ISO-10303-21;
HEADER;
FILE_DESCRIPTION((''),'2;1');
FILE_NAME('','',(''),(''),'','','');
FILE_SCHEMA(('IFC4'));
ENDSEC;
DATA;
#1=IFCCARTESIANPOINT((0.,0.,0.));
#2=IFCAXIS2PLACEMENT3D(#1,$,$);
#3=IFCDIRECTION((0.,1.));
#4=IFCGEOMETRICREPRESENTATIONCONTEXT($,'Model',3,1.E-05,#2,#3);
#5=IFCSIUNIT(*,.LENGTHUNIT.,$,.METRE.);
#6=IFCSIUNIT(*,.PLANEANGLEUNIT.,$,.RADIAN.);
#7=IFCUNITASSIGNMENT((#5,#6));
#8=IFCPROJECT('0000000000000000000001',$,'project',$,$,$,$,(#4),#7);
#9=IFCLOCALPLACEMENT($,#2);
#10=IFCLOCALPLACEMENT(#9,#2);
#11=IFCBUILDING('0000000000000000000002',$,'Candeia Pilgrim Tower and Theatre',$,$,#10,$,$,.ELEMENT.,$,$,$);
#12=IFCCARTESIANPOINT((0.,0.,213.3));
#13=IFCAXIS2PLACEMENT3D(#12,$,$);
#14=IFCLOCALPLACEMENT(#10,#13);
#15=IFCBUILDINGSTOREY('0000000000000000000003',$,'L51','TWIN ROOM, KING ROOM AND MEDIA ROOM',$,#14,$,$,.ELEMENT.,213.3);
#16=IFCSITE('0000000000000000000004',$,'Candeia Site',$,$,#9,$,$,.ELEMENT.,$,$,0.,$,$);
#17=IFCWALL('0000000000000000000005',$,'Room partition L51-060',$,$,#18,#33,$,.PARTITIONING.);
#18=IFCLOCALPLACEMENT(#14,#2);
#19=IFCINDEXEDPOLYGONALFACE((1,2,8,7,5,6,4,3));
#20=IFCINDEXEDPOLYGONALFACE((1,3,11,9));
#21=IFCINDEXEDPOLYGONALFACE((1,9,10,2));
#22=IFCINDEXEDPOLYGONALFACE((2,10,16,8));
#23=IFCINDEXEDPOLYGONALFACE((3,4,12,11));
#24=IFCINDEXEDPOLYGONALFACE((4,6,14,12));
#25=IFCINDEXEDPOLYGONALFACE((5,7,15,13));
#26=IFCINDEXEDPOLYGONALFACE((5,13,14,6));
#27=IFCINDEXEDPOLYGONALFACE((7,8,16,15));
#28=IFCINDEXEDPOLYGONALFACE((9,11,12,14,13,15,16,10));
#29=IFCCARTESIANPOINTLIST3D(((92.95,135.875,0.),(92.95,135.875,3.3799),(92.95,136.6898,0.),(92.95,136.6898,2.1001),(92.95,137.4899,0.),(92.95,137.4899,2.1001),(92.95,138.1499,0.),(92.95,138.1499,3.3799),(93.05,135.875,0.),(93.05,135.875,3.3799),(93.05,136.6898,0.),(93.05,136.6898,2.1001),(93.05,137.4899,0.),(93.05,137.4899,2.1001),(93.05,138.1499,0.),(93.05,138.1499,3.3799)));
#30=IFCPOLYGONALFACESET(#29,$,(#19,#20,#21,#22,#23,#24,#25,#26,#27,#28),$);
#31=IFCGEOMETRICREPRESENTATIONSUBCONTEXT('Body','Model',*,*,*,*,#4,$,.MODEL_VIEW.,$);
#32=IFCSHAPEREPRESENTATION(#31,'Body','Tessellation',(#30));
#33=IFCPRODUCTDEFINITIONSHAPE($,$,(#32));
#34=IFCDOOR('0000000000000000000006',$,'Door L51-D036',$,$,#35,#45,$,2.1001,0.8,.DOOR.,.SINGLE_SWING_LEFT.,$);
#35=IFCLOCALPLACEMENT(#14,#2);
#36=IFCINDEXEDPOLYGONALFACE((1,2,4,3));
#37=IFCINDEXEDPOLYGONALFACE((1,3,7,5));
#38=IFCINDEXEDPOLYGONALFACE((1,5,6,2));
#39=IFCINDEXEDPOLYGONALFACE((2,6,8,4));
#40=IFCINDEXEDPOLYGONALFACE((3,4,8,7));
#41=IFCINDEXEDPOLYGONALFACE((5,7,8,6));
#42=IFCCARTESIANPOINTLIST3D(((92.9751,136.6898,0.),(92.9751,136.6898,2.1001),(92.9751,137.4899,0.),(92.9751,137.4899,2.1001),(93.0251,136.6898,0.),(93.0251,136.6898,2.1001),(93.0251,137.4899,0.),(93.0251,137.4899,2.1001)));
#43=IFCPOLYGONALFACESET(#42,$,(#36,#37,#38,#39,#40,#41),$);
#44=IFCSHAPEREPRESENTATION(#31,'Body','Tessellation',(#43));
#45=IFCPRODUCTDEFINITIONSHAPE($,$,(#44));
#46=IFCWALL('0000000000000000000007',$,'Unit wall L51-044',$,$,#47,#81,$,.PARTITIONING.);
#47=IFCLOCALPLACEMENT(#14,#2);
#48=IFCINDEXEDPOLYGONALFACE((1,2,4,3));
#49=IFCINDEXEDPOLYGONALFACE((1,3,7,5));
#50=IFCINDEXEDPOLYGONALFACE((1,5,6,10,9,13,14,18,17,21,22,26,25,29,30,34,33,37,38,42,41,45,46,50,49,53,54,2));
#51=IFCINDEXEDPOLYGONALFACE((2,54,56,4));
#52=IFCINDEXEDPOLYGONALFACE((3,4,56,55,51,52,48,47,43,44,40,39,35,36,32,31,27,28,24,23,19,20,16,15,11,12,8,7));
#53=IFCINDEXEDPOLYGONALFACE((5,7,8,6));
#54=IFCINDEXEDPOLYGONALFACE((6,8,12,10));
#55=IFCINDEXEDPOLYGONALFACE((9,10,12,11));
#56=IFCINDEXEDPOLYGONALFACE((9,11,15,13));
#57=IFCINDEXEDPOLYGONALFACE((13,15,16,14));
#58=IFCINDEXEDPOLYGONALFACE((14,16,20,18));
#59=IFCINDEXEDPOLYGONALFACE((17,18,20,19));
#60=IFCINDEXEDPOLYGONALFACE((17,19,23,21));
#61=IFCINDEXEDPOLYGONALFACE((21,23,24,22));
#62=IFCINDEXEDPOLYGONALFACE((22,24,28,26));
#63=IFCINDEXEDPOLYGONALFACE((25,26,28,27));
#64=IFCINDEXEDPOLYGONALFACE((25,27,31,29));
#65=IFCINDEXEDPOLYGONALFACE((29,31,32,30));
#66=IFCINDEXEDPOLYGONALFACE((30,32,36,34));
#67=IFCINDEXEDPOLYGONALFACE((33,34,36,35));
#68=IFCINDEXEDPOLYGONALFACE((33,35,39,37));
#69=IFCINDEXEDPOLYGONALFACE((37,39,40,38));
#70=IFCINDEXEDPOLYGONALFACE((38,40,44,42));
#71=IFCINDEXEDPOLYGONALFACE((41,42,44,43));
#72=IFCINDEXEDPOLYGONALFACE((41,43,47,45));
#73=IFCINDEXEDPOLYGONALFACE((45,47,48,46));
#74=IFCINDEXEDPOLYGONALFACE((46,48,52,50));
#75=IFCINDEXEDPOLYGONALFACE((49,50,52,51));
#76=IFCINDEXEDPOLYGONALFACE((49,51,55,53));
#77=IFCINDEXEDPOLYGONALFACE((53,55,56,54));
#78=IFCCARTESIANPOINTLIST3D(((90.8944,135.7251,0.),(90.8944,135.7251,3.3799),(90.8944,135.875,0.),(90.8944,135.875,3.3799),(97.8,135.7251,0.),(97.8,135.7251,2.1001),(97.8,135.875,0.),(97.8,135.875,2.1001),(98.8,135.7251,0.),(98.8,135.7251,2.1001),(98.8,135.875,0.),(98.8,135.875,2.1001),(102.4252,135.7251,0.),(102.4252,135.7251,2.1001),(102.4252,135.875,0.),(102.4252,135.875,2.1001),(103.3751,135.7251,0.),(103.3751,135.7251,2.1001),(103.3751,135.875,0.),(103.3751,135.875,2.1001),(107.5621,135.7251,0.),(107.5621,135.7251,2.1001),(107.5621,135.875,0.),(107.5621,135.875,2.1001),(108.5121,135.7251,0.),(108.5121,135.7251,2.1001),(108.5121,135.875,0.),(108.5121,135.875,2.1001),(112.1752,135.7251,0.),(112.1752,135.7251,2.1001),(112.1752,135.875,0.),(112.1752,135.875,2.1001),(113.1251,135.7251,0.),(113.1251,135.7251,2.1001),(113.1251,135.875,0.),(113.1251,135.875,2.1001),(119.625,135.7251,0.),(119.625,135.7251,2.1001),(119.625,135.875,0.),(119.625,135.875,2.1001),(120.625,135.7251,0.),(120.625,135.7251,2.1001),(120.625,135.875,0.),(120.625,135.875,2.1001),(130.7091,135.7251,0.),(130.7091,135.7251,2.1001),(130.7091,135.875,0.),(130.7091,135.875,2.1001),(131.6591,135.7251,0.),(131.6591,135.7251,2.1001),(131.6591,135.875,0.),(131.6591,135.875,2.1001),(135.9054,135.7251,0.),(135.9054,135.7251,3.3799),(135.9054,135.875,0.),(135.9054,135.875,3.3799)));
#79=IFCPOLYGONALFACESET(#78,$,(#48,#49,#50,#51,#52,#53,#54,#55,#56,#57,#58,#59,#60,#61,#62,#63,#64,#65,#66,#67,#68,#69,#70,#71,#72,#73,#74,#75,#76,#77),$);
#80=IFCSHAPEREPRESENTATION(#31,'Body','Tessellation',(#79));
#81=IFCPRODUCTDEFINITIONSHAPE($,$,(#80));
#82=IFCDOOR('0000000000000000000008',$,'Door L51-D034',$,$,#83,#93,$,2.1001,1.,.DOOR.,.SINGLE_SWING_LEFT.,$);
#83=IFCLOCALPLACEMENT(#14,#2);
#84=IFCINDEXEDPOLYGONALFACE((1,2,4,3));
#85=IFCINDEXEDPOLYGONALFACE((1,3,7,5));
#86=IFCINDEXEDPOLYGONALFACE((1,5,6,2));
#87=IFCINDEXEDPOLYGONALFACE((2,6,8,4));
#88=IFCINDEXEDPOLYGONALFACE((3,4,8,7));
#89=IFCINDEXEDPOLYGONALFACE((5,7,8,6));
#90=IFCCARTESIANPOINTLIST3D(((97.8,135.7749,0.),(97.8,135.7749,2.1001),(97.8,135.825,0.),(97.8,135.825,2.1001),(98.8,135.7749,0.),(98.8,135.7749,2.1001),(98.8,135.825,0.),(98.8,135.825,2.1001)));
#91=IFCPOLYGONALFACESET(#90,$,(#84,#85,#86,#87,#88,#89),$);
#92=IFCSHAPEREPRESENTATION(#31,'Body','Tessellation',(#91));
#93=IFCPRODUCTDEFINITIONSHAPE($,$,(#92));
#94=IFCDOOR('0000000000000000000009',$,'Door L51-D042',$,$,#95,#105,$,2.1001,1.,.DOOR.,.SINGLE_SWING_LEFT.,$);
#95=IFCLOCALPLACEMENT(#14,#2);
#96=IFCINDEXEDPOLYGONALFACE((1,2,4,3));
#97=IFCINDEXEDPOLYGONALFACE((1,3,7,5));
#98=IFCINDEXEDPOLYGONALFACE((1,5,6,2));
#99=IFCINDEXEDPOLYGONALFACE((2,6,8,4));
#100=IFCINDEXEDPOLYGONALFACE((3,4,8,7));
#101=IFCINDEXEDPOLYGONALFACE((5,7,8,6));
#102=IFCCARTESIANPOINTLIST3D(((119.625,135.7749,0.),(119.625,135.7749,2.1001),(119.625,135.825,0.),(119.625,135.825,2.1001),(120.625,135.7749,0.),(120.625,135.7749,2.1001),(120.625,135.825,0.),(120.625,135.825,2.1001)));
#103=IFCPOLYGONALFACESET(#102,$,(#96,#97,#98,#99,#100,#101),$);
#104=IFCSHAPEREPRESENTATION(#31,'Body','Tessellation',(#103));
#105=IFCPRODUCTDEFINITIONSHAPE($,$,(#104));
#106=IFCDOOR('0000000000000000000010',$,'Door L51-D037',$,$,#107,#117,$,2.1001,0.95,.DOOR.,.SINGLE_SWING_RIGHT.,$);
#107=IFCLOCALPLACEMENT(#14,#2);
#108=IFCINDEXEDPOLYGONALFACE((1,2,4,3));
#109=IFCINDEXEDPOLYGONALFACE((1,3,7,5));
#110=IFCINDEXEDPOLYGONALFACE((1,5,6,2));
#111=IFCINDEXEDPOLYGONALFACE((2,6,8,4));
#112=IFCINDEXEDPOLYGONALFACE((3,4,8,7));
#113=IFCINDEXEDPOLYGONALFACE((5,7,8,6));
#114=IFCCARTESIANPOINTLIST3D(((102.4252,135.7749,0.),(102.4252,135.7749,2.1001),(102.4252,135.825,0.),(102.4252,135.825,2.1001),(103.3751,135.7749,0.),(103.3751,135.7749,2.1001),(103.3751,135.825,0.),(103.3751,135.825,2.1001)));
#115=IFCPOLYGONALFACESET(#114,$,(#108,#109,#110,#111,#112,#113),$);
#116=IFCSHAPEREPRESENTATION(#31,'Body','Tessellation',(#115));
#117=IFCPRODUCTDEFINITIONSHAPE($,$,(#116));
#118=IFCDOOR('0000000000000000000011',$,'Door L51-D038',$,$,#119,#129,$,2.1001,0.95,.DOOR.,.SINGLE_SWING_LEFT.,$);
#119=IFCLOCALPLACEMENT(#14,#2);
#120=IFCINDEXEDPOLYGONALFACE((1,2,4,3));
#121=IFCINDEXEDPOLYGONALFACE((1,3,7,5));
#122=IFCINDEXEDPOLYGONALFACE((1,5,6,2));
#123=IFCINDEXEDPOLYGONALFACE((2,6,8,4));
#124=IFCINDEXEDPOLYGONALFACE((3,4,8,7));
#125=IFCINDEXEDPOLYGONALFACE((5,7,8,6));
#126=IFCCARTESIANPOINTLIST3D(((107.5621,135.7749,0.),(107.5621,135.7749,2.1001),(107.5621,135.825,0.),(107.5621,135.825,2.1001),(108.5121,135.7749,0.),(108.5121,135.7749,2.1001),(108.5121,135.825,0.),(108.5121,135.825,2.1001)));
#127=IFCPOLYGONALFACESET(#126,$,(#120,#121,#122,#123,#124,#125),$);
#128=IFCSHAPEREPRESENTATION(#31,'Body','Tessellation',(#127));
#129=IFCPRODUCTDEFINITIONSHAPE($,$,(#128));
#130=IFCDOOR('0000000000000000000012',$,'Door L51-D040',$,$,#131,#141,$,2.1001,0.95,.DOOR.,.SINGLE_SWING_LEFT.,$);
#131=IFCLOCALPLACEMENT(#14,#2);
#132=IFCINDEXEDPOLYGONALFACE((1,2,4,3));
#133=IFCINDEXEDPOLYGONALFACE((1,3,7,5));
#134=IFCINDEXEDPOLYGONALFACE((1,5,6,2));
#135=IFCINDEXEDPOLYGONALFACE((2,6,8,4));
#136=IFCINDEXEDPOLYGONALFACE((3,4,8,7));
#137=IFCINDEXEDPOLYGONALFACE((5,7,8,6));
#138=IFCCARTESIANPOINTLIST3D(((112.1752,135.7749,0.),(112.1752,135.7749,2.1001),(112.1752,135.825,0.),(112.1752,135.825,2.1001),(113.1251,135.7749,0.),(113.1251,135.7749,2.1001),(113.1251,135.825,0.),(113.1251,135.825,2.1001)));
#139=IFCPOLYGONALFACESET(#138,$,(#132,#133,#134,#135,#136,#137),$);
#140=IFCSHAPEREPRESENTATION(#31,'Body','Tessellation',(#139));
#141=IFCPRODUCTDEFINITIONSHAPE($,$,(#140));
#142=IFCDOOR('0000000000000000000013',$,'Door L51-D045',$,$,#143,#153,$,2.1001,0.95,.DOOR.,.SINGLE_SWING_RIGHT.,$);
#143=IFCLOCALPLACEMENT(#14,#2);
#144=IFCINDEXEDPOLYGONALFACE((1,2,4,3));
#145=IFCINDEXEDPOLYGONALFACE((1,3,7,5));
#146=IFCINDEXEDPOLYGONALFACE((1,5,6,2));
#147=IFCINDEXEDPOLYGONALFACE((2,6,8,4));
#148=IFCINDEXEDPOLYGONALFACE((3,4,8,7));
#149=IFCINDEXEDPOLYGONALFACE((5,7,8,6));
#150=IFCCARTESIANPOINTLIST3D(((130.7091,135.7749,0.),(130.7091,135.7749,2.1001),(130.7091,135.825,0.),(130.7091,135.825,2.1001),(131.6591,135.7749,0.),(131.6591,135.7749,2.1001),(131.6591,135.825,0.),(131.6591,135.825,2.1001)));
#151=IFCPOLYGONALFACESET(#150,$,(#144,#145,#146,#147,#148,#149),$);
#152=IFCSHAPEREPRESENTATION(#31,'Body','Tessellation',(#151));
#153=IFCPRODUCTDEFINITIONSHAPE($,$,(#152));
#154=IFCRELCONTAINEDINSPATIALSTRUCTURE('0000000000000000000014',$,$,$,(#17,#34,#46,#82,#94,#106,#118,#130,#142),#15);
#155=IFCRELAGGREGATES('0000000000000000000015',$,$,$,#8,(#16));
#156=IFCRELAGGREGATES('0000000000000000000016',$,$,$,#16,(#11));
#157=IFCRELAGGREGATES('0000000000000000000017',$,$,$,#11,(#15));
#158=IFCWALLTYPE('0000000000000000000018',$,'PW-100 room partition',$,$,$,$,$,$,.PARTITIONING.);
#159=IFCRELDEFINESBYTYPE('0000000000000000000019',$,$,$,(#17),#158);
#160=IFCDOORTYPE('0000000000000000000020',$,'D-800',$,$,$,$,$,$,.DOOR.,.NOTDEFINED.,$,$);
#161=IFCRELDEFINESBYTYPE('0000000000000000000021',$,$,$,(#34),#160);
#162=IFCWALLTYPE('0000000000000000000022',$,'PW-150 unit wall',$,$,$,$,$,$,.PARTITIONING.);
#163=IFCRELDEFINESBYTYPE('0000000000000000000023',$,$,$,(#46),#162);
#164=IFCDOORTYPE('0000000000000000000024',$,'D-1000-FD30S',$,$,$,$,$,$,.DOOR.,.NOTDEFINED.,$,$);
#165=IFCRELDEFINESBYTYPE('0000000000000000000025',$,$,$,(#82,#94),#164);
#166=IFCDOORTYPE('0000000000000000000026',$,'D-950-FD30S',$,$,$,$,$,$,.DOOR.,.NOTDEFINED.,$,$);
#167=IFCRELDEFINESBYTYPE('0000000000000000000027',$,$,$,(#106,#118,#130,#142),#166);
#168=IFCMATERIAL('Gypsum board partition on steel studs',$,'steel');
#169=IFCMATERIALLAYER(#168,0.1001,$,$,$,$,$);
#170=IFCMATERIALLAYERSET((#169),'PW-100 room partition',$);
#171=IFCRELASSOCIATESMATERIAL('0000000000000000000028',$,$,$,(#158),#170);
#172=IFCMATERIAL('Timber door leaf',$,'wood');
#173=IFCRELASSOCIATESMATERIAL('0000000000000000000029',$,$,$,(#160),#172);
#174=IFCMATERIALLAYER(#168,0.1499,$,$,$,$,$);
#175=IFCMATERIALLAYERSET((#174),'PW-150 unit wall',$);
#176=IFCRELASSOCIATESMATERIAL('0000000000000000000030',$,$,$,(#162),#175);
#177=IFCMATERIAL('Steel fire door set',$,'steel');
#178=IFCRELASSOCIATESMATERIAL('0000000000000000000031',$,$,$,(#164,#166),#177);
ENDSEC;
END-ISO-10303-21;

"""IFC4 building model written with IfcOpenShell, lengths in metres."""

from ifc_helpers import new_model, si_unit, direction, frame, frame_2d, origin, place, context, subcontext, project, spatial, rectangle, extrude, material, layer, layer_set, type_object, element, fill, save


model = new_model("IFC4")

# Units and contexts
model_context = context("Model", 3, precision=1e-05, world=origin(), true_north=direction((0.0, 1.0)))
body_context = subcontext(model_context, "Body", "Model", "MODEL_VIEW")
ifc_project = project(units=[si_unit("LENGTHUNIT", "METRE"), si_unit("PLANEANGLEUNIT", "RADIAN")], contexts=[model_context])

# Site, building, storey
site_placement = place(None, origin())
site = spatial("IfcSite", under=ifc_project, at=site_placement, Name="Candeia Site", CompositionType="ELEMENT", RefElevation=0.0)
building_placement = place(site_placement, origin())
building = spatial("IfcBuilding", under=site, at=building_placement, Name="Candeia Pilgrim Tower and Theatre", CompositionType="ELEMENT")
storey_placement = place(building_placement, frame((0.0, 0.0, 213.3)))
storey = spatial("IfcBuildingStorey", under=building, at=storey_placement, Name="L51", Description="TWIN ROOM, KING ROOM AND MEDIA ROOM", CompositionType="ELEMENT", Elevation=213.3)

# Shared definitions
ifc_material_1 = material(Name="Gypsum board partition on steel studs", Category="steel")
ifc_layer_1 = layer(ifc_material_1, 0.1001)
ifc_layer_set_1 = layer_set([ifc_layer_1], Name="PW-100 room partition")
wall_type_1 = type_object("IfcWallType", Name="PW-100 room partition", PredefinedType="PARTITIONING", material=ifc_layer_set_1)

# Wall, opening, door
wall_1_placement = place(storey_placement, frame((93.0, 135.875, 0.0), z_axis=(0.0, 0.0, 1.0), x_axis=(0.0, 1.0, 0.0)))
wall_1 = element("IfcWall", 1, at=wall_1_placement, inside=storey, type_object=wall_type_1, Name="Room partition L51-060", PredefinedType="PARTITIONING", context=body_context, shape_type="SweptSolid", body=[
    extrude(rectangle(XDim=2.2749, YDim=0.1001, at=frame_2d((1.1375, 0.0))), origin(), (0.0, 0.0, 1.0), 3.3799),
])
opening_1_placement = place(wall_1_placement, frame((0.8149, 0.0, 0.0)))
opening_1 = element("IfcOpeningElement", 2, at=opening_1_placement, cuts=wall_1, PredefinedType="OPENING", context=body_context, shape_type="SweptSolid", body=[
    extrude(rectangle(XDim=0.8, YDim=2.1001, at=frame_2d((0.3999, 1.05))), frame((0.0, 0.0601, 0.0), z_axis=(0.0, -1.0, 0.0), x_axis=(1.0, 0.0, 0.0)), (0.0, 0.0, 1.0), 0.1201),
])
ifc_material_2 = material(Name="Timber door leaf", Category="wood")
door_type_1 = type_object("IfcDoorType", Name="D-800", OperationType="NOTDEFINED", PredefinedType="DOOR", material=ifc_material_2)
door_1_placement = place(opening_1_placement, origin())
door_1 = element("IfcDoor", 3, at=door_1_placement, inside=storey, type_object=door_type_1, Name="Door L51-D036", OperationType="SINGLE_SWING_LEFT", OverallHeight=2.1001, OverallWidth=0.8, PredefinedType="DOOR", context=body_context, shape_type="SweptSolid", body=[
    extrude(rectangle(XDim=0.8, YDim=2.1001, at=frame_2d((0.3999, 1.05))), frame((0.0, 0.0249, 0.0), z_axis=(0.0, -1.0, 0.0), x_axis=(1.0, 0.0, 0.0)), (0.0, 0.0, 1.0), 0.05),
])
fill(opening_1, door_1)

# Wall, openings, doors
ifc_layer_2 = layer(ifc_material_1, 0.1499)
ifc_layer_set_2 = layer_set([ifc_layer_2], Name="PW-150 unit wall")
wall_type_2 = type_object("IfcWallType", Name="PW-150 unit wall", PredefinedType="PARTITIONING", material=ifc_layer_set_2)
wall_2_placement = place(storey_placement, frame((90.8945, 135.8, 0.0), z_axis=(0.0, 0.0, 1.0), x_axis=(1.0, 0.0, 0.0)))
wall_2 = element("IfcWall", 4, at=wall_2_placement, inside=storey, type_object=wall_type_2, Name="Unit wall L51-044", PredefinedType="PARTITIONING", context=body_context, shape_type="SweptSolid", body=[
    extrude(rectangle(XDim=45.011, YDim=0.1499, at=frame_2d((22.5054, 0.0))), origin(), (0.0, 0.0, 1.0), 3.3799),
])
opening_2_placement = place(wall_2_placement, frame((6.9055, 0.0, 0.0)))
opening_2 = element("IfcOpeningElement", 5, at=opening_2_placement, cuts=wall_2, PredefinedType="OPENING", context=body_context, shape_type="SweptSolid", body=[
    extrude(rectangle(XDim=1.0, YDim=2.1001, at=frame_2d((0.5, 1.05))), frame((0.0, 0.085, 0.0), z_axis=(0.0, -1.0, 0.0), x_axis=(1.0, 0.0, 0.0)), (0.0, 0.0, 1.0), 0.1699),
])
opening_3_placement = place(wall_2_placement, frame((11.5305, 0.0, 0.0)))
opening_3 = element("IfcOpeningElement", 6, at=opening_3_placement, cuts=wall_2, PredefinedType="OPENING", context=body_context, shape_type="SweptSolid", body=[
    extrude(rectangle(XDim=0.95, YDim=2.1001, at=frame_2d((0.4751, 1.05))), frame((0.0, 0.085, 0.0), z_axis=(0.0, -1.0, 0.0), x_axis=(1.0, 0.0, 0.0)), (0.0, 0.0, 1.0), 0.1699),
])
opening_4_placement = place(wall_2_placement, frame((16.6675, 0.0, 0.0)))
opening_4 = element("IfcOpeningElement", 7, at=opening_4_placement, cuts=wall_2, PredefinedType="OPENING", context=body_context, shape_type="SweptSolid", body=[
    extrude(rectangle(XDim=0.95, YDim=2.1001, at=frame_2d((0.4751, 1.05))), frame((0.0, 0.085, 0.0), z_axis=(0.0, -1.0, 0.0), x_axis=(1.0, 0.0, 0.0)), (0.0, 0.0, 1.0), 0.1699),
])
opening_5_placement = place(wall_2_placement, frame((21.2805, 0.0, 0.0)))
opening_5 = element("IfcOpeningElement", 8, at=opening_5_placement, cuts=wall_2, PredefinedType="OPENING", context=body_context, shape_type="SweptSolid", body=[
    extrude(rectangle(XDim=0.95, YDim=2.1001, at=frame_2d((0.4751, 1.05))), frame((0.0, 0.085, 0.0), z_axis=(0.0, -1.0, 0.0), x_axis=(1.0, 0.0, 0.0)), (0.0, 0.0, 1.0), 0.1699),
])
opening_6_placement = place(wall_2_placement, frame((28.7305, 0.0, 0.0)))
opening_6 = element("IfcOpeningElement", 9, at=opening_6_placement, cuts=wall_2, PredefinedType="OPENING", context=body_context, shape_type="SweptSolid", body=[
    extrude(rectangle(XDim=1.0, YDim=2.1001, at=frame_2d((0.5, 1.05))), frame((0.0, 0.085, 0.0), z_axis=(0.0, -1.0, 0.0), x_axis=(1.0, 0.0, 0.0)), (0.0, 0.0, 1.0), 0.1699),
])
opening_7_placement = place(wall_2_placement, frame((39.8145, 0.0, 0.0)))
opening_7 = element("IfcOpeningElement", 10, at=opening_7_placement, cuts=wall_2, PredefinedType="OPENING", context=body_context, shape_type="SweptSolid", body=[
    extrude(rectangle(XDim=0.95, YDim=2.1001, at=frame_2d((0.4751, 1.05))), frame((0.0, 0.085, 0.0), z_axis=(0.0, -1.0, 0.0), x_axis=(1.0, 0.0, 0.0)), (0.0, 0.0, 1.0), 0.1699),
])
ifc_material_3 = material(Name="Steel fire door set", Category="steel")
door_type_2 = type_object("IfcDoorType", Name="D-1000-FD30S", OperationType="NOTDEFINED", PredefinedType="DOOR", material=ifc_material_3)
door_2_placement = place(opening_2_placement, origin())
door_2 = element("IfcDoor", 11, at=door_2_placement, inside=storey, type_object=door_type_2, Name="Door L51-D034", OperationType="SINGLE_SWING_LEFT", OverallHeight=2.1001, OverallWidth=1.0, PredefinedType="DOOR", context=body_context, shape_type="SweptSolid", body=[
    extrude(rectangle(XDim=1.0, YDim=2.1001, at=frame_2d((0.5, 1.05))), frame((0.0, 0.0249, 0.0), z_axis=(0.0, -1.0, 0.0), x_axis=(1.0, 0.0, 0.0)), (0.0, 0.0, 1.0), 0.05),
])
fill(opening_2, door_2)
door_3_placement = place(opening_6_placement, origin())
door_3 = element("IfcDoor", 12, at=door_3_placement, inside=storey, type_object=door_type_2, Name="Door L51-D042", OperationType="SINGLE_SWING_LEFT", OverallHeight=2.1001, OverallWidth=1.0, PredefinedType="DOOR", context=body_context, shape_type="SweptSolid", body=[
    extrude(rectangle(XDim=1.0, YDim=2.1001, at=frame_2d((0.5, 1.05))), frame((0.0, 0.0249, 0.0), z_axis=(0.0, -1.0, 0.0), x_axis=(1.0, 0.0, 0.0)), (0.0, 0.0, 1.0), 0.05),
])
fill(opening_6, door_3)
door_type_3 = type_object("IfcDoorType", Name="D-950-FD30S", OperationType="NOTDEFINED", PredefinedType="DOOR", material=ifc_material_3)
door_4_placement = place(opening_3_placement, origin())
door_4 = element("IfcDoor", 13, at=door_4_placement, inside=storey, type_object=door_type_3, Name="Door L51-D037", OperationType="SINGLE_SWING_RIGHT", OverallHeight=2.1001, OverallWidth=0.95, PredefinedType="DOOR", context=body_context, shape_type="SweptSolid", body=[
    extrude(rectangle(XDim=0.95, YDim=2.1001, at=frame_2d((0.4751, 1.05))), frame((0.0, 0.0249, 0.0), z_axis=(0.0, -1.0, 0.0), x_axis=(1.0, 0.0, 0.0)), (0.0, 0.0, 1.0), 0.05),
])
fill(opening_3, door_4)
door_5_placement = place(opening_4_placement, origin())
door_5 = element("IfcDoor", 14, at=door_5_placement, inside=storey, type_object=door_type_3, Name="Door L51-D038", OperationType="SINGLE_SWING_LEFT", OverallHeight=2.1001, OverallWidth=0.95, PredefinedType="DOOR", context=body_context, shape_type="SweptSolid", body=[
    extrude(rectangle(XDim=0.95, YDim=2.1001, at=frame_2d((0.4751, 1.05))), frame((0.0, 0.0249, 0.0), z_axis=(0.0, -1.0, 0.0), x_axis=(1.0, 0.0, 0.0)), (0.0, 0.0, 1.0), 0.05),
])
fill(opening_4, door_5)
door_6_placement = place(opening_5_placement, origin())
door_6 = element("IfcDoor", 15, at=door_6_placement, inside=storey, type_object=door_type_3, Name="Door L51-D040", OperationType="SINGLE_SWING_LEFT", OverallHeight=2.1001, OverallWidth=0.95, PredefinedType="DOOR", context=body_context, shape_type="SweptSolid", body=[
    extrude(rectangle(XDim=0.95, YDim=2.1001, at=frame_2d((0.4751, 1.05))), frame((0.0, 0.0249, 0.0), z_axis=(0.0, -1.0, 0.0), x_axis=(1.0, 0.0, 0.0)), (0.0, 0.0, 1.0), 0.05),
])
fill(opening_5, door_6)
door_7_placement = place(opening_7_placement, origin())
door_7 = element("IfcDoor", 16, at=door_7_placement, inside=storey, type_object=door_type_3, Name="Door L51-D045", OperationType="SINGLE_SWING_RIGHT", OverallHeight=2.1001, OverallWidth=0.95, PredefinedType="DOOR", context=body_context, shape_type="SweptSolid", body=[
    extrude(rectangle(XDim=0.95, YDim=2.1001, at=frame_2d((0.4751, 1.05))), frame((0.0, 0.0249, 0.0), z_axis=(0.0, -1.0, 0.0), x_axis=(1.0, 0.0, 0.0)), (0.0, 0.0, 1.0), 0.05),
])
fill(opening_7, door_7)

save(model, "model.ifc")
